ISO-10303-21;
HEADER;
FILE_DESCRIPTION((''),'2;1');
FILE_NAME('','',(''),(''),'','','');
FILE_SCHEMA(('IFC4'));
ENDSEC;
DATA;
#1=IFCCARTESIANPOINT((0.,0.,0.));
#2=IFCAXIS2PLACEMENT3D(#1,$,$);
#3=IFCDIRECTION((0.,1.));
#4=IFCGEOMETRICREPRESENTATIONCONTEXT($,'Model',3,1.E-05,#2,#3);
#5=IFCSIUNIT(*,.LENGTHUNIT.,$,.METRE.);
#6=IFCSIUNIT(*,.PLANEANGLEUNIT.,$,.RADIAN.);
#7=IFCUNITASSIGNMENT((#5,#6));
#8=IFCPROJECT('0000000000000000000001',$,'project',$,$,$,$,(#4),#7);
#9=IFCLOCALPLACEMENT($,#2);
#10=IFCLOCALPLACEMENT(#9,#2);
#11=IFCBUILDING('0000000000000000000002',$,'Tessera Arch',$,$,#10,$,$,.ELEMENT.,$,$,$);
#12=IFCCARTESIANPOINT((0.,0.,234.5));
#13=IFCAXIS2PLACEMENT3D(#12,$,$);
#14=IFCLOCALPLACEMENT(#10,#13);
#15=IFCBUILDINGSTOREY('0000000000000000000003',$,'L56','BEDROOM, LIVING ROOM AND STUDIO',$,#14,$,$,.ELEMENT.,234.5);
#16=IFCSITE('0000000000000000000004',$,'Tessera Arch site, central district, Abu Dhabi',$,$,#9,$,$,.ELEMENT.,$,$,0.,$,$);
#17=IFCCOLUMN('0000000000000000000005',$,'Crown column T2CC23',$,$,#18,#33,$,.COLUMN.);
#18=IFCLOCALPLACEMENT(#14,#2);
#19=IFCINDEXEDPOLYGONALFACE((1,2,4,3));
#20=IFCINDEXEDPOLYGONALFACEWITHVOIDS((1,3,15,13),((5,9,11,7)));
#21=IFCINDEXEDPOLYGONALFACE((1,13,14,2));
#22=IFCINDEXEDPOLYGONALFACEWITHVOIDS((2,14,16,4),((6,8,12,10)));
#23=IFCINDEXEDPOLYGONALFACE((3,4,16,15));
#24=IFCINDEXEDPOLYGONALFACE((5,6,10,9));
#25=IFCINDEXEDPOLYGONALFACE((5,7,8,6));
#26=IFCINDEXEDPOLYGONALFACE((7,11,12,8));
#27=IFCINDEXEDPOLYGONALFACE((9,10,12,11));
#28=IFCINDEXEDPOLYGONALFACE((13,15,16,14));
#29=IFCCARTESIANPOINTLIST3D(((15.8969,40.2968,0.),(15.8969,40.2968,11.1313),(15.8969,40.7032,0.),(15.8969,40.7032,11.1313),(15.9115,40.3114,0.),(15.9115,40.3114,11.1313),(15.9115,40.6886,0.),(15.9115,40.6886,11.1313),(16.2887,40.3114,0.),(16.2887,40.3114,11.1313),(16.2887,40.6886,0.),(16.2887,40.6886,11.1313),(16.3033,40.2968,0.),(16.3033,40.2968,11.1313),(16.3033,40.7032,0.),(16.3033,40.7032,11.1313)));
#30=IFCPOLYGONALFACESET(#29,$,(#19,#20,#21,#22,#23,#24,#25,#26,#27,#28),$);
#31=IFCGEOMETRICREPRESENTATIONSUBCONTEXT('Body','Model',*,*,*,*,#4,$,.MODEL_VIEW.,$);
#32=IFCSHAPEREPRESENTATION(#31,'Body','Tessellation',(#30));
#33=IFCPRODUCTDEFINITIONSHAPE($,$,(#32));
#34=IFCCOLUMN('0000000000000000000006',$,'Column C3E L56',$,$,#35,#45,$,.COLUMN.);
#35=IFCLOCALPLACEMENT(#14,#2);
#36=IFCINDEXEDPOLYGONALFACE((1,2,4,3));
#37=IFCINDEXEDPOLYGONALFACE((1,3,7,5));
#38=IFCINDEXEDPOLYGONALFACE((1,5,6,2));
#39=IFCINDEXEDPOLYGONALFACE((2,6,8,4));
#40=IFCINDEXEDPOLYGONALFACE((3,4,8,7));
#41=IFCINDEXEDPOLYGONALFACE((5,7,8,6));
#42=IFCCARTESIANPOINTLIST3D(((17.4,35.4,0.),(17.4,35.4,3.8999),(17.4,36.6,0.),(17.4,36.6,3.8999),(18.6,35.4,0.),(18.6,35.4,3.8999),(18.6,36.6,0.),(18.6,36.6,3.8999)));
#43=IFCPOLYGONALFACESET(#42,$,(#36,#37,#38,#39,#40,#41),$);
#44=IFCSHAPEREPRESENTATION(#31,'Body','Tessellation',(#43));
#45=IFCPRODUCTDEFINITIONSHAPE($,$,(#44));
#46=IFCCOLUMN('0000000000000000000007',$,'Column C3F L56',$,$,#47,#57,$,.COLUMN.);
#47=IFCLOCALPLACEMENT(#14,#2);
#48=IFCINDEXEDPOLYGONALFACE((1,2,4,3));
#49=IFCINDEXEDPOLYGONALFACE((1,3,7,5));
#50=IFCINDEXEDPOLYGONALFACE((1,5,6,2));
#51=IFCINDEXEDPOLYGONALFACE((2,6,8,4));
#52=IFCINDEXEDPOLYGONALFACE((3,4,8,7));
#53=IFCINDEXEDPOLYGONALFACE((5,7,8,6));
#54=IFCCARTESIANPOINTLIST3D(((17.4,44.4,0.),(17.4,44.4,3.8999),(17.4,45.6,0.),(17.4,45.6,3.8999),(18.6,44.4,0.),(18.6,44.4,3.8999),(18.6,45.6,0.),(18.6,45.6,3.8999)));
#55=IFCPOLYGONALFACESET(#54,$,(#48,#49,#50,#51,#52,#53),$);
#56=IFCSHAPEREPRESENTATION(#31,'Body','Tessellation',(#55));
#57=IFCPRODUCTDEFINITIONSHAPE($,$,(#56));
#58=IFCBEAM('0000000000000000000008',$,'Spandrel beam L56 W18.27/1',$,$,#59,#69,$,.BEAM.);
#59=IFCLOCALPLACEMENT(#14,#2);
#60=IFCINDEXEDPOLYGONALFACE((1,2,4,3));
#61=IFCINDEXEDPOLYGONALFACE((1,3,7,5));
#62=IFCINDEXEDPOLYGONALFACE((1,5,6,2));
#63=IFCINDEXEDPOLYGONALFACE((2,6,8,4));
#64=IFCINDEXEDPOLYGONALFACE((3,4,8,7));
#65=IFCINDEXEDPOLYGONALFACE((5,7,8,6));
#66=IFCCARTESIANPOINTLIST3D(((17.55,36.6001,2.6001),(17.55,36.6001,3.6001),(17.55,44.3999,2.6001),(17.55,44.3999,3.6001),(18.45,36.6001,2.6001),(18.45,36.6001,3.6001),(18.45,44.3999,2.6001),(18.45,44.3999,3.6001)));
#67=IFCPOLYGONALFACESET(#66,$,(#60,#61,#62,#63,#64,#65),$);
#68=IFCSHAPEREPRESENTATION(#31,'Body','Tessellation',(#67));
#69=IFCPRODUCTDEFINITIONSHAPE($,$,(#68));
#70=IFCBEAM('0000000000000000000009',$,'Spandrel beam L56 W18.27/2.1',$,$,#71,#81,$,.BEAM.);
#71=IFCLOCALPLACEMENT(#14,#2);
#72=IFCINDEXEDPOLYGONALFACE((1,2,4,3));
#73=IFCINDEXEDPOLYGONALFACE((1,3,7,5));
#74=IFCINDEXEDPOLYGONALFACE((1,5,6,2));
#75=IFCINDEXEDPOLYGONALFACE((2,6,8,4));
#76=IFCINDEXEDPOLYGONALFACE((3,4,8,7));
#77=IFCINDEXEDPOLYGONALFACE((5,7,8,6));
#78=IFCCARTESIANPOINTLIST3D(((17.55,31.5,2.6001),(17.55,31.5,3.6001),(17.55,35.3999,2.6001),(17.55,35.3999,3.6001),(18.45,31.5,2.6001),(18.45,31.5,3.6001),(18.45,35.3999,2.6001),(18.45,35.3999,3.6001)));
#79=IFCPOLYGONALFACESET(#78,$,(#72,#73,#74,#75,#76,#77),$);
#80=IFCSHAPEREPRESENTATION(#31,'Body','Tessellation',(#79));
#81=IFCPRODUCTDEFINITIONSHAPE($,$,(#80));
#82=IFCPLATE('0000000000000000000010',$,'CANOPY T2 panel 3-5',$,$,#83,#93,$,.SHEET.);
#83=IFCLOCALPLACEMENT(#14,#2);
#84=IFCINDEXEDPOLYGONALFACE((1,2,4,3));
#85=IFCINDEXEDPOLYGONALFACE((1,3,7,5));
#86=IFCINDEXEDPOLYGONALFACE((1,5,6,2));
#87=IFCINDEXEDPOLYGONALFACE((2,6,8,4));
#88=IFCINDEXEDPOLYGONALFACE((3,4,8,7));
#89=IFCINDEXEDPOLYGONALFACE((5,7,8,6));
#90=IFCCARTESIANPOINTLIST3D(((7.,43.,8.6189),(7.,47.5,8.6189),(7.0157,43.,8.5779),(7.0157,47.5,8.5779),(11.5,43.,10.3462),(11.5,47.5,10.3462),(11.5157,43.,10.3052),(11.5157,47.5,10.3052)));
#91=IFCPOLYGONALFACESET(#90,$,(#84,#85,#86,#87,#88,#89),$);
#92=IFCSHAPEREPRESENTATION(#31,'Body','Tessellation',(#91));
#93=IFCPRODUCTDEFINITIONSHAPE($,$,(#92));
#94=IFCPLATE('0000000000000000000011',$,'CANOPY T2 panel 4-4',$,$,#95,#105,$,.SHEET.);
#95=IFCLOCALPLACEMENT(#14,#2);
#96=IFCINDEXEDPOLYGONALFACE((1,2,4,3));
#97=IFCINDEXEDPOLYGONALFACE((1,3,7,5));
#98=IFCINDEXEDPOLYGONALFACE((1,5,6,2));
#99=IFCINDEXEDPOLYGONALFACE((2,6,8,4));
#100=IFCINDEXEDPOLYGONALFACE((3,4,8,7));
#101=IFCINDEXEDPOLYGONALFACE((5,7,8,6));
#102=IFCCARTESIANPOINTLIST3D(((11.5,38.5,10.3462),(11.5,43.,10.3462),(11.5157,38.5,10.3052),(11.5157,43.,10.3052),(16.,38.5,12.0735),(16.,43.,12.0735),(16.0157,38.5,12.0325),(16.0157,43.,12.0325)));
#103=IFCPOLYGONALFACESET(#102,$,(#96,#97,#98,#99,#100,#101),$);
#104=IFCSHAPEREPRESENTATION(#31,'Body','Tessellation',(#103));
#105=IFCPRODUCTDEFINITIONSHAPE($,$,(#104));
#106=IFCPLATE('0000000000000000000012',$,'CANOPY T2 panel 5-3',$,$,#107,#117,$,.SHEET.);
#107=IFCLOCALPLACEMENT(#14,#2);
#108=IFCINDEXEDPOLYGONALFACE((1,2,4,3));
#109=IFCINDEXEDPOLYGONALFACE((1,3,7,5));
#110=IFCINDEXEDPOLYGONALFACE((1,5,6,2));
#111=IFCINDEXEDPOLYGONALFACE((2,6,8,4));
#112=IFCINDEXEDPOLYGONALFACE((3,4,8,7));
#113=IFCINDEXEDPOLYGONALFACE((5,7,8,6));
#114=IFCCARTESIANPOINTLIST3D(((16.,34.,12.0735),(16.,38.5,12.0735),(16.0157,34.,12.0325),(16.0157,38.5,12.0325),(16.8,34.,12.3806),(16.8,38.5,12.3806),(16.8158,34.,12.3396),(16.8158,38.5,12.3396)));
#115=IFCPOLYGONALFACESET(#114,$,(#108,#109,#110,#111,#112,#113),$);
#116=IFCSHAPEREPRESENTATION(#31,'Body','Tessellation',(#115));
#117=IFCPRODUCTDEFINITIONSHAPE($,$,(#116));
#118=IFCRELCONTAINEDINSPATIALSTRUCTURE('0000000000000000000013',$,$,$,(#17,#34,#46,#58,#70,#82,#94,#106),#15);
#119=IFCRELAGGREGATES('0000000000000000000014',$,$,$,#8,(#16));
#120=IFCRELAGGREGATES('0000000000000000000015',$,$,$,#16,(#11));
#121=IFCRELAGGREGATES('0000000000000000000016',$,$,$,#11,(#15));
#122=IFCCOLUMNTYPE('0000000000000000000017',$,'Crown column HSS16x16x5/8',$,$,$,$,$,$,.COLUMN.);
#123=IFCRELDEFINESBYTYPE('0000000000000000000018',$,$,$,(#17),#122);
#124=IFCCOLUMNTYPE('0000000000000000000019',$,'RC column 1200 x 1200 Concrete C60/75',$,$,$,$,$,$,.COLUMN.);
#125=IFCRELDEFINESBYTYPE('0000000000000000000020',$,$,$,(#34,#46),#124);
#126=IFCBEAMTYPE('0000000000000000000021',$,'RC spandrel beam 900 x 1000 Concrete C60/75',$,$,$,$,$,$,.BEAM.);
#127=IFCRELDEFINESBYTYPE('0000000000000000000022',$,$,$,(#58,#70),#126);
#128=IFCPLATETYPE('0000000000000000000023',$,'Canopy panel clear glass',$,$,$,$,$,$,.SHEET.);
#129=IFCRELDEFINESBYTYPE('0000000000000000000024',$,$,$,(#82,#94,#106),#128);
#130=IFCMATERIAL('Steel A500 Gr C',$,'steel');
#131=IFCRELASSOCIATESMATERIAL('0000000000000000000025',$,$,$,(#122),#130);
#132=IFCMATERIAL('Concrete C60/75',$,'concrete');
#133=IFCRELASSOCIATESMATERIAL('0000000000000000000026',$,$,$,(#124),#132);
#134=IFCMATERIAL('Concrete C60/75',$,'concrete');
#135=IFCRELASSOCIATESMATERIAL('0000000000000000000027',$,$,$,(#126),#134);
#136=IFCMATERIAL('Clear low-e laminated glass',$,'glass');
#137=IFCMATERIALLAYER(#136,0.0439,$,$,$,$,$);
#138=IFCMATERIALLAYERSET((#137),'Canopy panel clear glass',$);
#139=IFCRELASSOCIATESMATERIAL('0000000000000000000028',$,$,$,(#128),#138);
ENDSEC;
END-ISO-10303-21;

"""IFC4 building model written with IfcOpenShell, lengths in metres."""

from ifc_helpers import new_model, si_unit, direction, frame, origin, origin_2d, place, context, subcontext, project, spatial, polyline, rectangle, hollow_rectangle, outline, extrude, material, layer, layer_set, material_profile, profile_set, type_object, element, save


model = new_model("IFC4")

# Units and contexts
model_context = context("Model", 3, precision=1e-05, world=origin(), true_north=direction((0.0, 1.0)))
body_context = subcontext(model_context, "Body", "Model", "MODEL_VIEW")
ifc_project = project(units=[si_unit("LENGTHUNIT", "METRE"), si_unit("PLANEANGLEUNIT", "RADIAN")], contexts=[model_context])

# Site, building, storey
site_placement = place(None, origin())
site = spatial("IfcSite", under=ifc_project, at=site_placement, Name="Tessera Arch site, central district, Abu Dhabi", CompositionType="ELEMENT", RefElevation=0.0)
building_placement = place(site_placement, origin())
building = spatial("IfcBuilding", under=site, at=building_placement, Name="Tessera Arch", CompositionType="ELEMENT")
storey_placement = place(building_placement, frame((0.0, 0.0, 234.5)))
storey = spatial("IfcBuildingStorey", under=building, at=storey_placement, Name="L56", Description="BEDROOM, LIVING ROOM AND STUDIO", CompositionType="ELEMENT", Elevation=234.5)

# Columns
ifc_material_1 = material(Name="Steel A500 Gr C", Category="steel")
ifc_material_profile_1 = material_profile(ifc_material_1, hollow_rectangle(XDim=0.4065, YDim=0.4065, WallThickness=0.0146, at=origin_2d()), Name="HSS16x16x5/8")
ifc_profile_set_1 = profile_set([ifc_material_profile_1], Name="Steel A500 Gr C")
column_type_1 = type_object("IfcColumnType", Name="Crown column HSS16x16x5/8", PredefinedType="COLUMN", material=ifc_profile_set_1)
column_placement = place(storey_placement, frame((16.1001, 40.5, 0.0), z_axis=(0.0, 0.0, 1.0), x_axis=(1.0, 0.0, 0.0)))
element("IfcColumn", 1, at=column_placement, inside=storey, type_object=column_type_1, Name="Crown column T2CC23", PredefinedType="COLUMN", context=body_context, shape_type="SweptSolid", body=[
    extrude(hollow_rectangle(XDim=0.4065, YDim=0.4065, WallThickness=0.0146, at=origin_2d()), origin(), (0.0, 0.0, 1.0), 11.1313),
])
ifc_material_2 = material(Name="Concrete C60/75", Category="concrete")
ifc_material_profile_2 = material_profile(ifc_material_2, rectangle(XDim=1.2, YDim=1.2, at=origin_2d()), Name="RC column 1200 x 1200 Concrete C60/75")
ifc_profile_set_2 = profile_set([ifc_material_profile_2], Name="Concrete C60/75")
column_type_2 = type_object("IfcColumnType", Name="RC column 1200 x 1200 Concrete C60/75", PredefinedType="COLUMN", material=ifc_profile_set_2)
for number, where, z_axis, x_axis, name in (
    (2, (18.0, 36.0, 0.0), (0.0, 0.0, 1.0), (1.0, 0.0, 0.0), "Column C3E L56"),
    (3, (18.0, 45.0, 0.0), (0.0, 0.0, 1.0), (1.0, 0.0, 0.0), "Column C3F L56"),
):
    element("IfcColumn", number, at=place(storey_placement, frame(where, z_axis=z_axis, x_axis=x_axis)), inside=storey, type_object=column_type_2, Name=name, PredefinedType="COLUMN", context=body_context, shape_type="SweptSolid", body=[
        extrude(rectangle(XDim=1.2, YDim=1.2, at=origin_2d()), origin(), (0.0, 0.0, 1.0), 3.8999),
    ])

# Beams
ifc_material_3 = material(Name="Concrete C60/75", Category="concrete")
ifc_material_profile_3 = material_profile(ifc_material_3, rectangle(XDim=0.8999, YDim=1.0, at=origin_2d()), Name="RC spandrel beam 900 x 1000 Concrete C60/75")
ifc_profile_set_3 = profile_set([ifc_material_profile_3], Name="Concrete C60/75")
beam_type = type_object("IfcBeamType", Name="RC spandrel beam 900 x 1000 Concrete C60/75", PredefinedType="BEAM", material=ifc_profile_set_3)
beam_1_placement = place(storey_placement, frame((18.0, 44.3999, 3.1001), z_axis=(0.0, -1.0, 0.0), x_axis=(1.0, 0.0, 0.0)))
element("IfcBeam", 4, at=beam_1_placement, inside=storey, type_object=beam_type, Name="Spandrel beam L56 W18.27/1", PredefinedType="BEAM", context=body_context, shape_type="SweptSolid", body=[
    extrude(rectangle(XDim=0.8999, YDim=1.0, at=origin_2d()), origin(), (0.0, 0.0, 1.0), 7.7998),
])
beam_2_placement = place(storey_placement, frame((18.0, 35.3999, 3.1001), z_axis=(0.0, -1.0, 0.0), x_axis=(1.0, 0.0, 0.0)))
element("IfcBeam", 5, at=beam_2_placement, inside=storey, type_object=beam_type, Name="Spandrel beam L56 W18.27/2.1", PredefinedType="BEAM", context=body_context, shape_type="SweptSolid", body=[
    extrude(rectangle(XDim=0.8999, YDim=1.0, at=origin_2d()), origin(), (0.0, 0.0, 1.0), 3.8999),
])

# Plates
ifc_material_4 = material(Name="Clear low-e laminated glass", Category="glass")
ifc_layer_1 = layer(ifc_material_4, 0.0439)
ifc_layer_set_1 = layer_set([ifc_layer_1], Name="Canopy panel clear glass")
plate_type = type_object("IfcPlateType", Name="Canopy panel clear glass", PredefinedType="SHEET", material=ifc_layer_set_1)
for number, where, z_axis, x_axis, name in (
    (6, (11.5, 43.0, 10.3462), (-0.358351, 0.0, 0.933587), (0.0, 1.0, 0.0), "CANOPY T2 panel 3-5"),
    (7, (16.0, 38.5, 12.0735), (-0.358351, 0.0, 0.933587), (0.0, 1.0, 0.0), "CANOPY T2 panel 4-4"),
):
    element("IfcPlate", number, at=place(storey_placement, frame(where, z_axis=z_axis, x_axis=x_axis)), inside=storey, type_object=plate_type, Name=name, PredefinedType="SHEET", context=body_context, shape_type="SweptSolid", body=[
        extrude(outline(polyline([(0.0, 0.0), (4.5, 0.0), (4.5, 4.8201), (0.0, 4.8201), (0.0, 0.0)])), origin(), (0.0, 0.0, -1.0), 0.0439),
    ])
plate_placement = place(storey_placement, frame((16.8, 38.5, 12.3806), z_axis=(-0.358387, 0.0, 0.933573), x_axis=(-0.933573, 0.0, -0.358387)))
element("IfcPlate", 8, at=plate_placement, inside=storey, type_object=plate_type, Name="CANOPY T2 panel 5-3", PredefinedType="SHEET", context=body_context, shape_type="SweptSolid", body=[
    extrude(outline(polyline([(0.0, 0.0), (0.857, 0.0), (0.857, 4.5), (0.0, 4.5), (0.0, 0.0)])), origin(), (0.0, 0.0, -1.0), 0.0439),
])

save(model, "model.ifc")
